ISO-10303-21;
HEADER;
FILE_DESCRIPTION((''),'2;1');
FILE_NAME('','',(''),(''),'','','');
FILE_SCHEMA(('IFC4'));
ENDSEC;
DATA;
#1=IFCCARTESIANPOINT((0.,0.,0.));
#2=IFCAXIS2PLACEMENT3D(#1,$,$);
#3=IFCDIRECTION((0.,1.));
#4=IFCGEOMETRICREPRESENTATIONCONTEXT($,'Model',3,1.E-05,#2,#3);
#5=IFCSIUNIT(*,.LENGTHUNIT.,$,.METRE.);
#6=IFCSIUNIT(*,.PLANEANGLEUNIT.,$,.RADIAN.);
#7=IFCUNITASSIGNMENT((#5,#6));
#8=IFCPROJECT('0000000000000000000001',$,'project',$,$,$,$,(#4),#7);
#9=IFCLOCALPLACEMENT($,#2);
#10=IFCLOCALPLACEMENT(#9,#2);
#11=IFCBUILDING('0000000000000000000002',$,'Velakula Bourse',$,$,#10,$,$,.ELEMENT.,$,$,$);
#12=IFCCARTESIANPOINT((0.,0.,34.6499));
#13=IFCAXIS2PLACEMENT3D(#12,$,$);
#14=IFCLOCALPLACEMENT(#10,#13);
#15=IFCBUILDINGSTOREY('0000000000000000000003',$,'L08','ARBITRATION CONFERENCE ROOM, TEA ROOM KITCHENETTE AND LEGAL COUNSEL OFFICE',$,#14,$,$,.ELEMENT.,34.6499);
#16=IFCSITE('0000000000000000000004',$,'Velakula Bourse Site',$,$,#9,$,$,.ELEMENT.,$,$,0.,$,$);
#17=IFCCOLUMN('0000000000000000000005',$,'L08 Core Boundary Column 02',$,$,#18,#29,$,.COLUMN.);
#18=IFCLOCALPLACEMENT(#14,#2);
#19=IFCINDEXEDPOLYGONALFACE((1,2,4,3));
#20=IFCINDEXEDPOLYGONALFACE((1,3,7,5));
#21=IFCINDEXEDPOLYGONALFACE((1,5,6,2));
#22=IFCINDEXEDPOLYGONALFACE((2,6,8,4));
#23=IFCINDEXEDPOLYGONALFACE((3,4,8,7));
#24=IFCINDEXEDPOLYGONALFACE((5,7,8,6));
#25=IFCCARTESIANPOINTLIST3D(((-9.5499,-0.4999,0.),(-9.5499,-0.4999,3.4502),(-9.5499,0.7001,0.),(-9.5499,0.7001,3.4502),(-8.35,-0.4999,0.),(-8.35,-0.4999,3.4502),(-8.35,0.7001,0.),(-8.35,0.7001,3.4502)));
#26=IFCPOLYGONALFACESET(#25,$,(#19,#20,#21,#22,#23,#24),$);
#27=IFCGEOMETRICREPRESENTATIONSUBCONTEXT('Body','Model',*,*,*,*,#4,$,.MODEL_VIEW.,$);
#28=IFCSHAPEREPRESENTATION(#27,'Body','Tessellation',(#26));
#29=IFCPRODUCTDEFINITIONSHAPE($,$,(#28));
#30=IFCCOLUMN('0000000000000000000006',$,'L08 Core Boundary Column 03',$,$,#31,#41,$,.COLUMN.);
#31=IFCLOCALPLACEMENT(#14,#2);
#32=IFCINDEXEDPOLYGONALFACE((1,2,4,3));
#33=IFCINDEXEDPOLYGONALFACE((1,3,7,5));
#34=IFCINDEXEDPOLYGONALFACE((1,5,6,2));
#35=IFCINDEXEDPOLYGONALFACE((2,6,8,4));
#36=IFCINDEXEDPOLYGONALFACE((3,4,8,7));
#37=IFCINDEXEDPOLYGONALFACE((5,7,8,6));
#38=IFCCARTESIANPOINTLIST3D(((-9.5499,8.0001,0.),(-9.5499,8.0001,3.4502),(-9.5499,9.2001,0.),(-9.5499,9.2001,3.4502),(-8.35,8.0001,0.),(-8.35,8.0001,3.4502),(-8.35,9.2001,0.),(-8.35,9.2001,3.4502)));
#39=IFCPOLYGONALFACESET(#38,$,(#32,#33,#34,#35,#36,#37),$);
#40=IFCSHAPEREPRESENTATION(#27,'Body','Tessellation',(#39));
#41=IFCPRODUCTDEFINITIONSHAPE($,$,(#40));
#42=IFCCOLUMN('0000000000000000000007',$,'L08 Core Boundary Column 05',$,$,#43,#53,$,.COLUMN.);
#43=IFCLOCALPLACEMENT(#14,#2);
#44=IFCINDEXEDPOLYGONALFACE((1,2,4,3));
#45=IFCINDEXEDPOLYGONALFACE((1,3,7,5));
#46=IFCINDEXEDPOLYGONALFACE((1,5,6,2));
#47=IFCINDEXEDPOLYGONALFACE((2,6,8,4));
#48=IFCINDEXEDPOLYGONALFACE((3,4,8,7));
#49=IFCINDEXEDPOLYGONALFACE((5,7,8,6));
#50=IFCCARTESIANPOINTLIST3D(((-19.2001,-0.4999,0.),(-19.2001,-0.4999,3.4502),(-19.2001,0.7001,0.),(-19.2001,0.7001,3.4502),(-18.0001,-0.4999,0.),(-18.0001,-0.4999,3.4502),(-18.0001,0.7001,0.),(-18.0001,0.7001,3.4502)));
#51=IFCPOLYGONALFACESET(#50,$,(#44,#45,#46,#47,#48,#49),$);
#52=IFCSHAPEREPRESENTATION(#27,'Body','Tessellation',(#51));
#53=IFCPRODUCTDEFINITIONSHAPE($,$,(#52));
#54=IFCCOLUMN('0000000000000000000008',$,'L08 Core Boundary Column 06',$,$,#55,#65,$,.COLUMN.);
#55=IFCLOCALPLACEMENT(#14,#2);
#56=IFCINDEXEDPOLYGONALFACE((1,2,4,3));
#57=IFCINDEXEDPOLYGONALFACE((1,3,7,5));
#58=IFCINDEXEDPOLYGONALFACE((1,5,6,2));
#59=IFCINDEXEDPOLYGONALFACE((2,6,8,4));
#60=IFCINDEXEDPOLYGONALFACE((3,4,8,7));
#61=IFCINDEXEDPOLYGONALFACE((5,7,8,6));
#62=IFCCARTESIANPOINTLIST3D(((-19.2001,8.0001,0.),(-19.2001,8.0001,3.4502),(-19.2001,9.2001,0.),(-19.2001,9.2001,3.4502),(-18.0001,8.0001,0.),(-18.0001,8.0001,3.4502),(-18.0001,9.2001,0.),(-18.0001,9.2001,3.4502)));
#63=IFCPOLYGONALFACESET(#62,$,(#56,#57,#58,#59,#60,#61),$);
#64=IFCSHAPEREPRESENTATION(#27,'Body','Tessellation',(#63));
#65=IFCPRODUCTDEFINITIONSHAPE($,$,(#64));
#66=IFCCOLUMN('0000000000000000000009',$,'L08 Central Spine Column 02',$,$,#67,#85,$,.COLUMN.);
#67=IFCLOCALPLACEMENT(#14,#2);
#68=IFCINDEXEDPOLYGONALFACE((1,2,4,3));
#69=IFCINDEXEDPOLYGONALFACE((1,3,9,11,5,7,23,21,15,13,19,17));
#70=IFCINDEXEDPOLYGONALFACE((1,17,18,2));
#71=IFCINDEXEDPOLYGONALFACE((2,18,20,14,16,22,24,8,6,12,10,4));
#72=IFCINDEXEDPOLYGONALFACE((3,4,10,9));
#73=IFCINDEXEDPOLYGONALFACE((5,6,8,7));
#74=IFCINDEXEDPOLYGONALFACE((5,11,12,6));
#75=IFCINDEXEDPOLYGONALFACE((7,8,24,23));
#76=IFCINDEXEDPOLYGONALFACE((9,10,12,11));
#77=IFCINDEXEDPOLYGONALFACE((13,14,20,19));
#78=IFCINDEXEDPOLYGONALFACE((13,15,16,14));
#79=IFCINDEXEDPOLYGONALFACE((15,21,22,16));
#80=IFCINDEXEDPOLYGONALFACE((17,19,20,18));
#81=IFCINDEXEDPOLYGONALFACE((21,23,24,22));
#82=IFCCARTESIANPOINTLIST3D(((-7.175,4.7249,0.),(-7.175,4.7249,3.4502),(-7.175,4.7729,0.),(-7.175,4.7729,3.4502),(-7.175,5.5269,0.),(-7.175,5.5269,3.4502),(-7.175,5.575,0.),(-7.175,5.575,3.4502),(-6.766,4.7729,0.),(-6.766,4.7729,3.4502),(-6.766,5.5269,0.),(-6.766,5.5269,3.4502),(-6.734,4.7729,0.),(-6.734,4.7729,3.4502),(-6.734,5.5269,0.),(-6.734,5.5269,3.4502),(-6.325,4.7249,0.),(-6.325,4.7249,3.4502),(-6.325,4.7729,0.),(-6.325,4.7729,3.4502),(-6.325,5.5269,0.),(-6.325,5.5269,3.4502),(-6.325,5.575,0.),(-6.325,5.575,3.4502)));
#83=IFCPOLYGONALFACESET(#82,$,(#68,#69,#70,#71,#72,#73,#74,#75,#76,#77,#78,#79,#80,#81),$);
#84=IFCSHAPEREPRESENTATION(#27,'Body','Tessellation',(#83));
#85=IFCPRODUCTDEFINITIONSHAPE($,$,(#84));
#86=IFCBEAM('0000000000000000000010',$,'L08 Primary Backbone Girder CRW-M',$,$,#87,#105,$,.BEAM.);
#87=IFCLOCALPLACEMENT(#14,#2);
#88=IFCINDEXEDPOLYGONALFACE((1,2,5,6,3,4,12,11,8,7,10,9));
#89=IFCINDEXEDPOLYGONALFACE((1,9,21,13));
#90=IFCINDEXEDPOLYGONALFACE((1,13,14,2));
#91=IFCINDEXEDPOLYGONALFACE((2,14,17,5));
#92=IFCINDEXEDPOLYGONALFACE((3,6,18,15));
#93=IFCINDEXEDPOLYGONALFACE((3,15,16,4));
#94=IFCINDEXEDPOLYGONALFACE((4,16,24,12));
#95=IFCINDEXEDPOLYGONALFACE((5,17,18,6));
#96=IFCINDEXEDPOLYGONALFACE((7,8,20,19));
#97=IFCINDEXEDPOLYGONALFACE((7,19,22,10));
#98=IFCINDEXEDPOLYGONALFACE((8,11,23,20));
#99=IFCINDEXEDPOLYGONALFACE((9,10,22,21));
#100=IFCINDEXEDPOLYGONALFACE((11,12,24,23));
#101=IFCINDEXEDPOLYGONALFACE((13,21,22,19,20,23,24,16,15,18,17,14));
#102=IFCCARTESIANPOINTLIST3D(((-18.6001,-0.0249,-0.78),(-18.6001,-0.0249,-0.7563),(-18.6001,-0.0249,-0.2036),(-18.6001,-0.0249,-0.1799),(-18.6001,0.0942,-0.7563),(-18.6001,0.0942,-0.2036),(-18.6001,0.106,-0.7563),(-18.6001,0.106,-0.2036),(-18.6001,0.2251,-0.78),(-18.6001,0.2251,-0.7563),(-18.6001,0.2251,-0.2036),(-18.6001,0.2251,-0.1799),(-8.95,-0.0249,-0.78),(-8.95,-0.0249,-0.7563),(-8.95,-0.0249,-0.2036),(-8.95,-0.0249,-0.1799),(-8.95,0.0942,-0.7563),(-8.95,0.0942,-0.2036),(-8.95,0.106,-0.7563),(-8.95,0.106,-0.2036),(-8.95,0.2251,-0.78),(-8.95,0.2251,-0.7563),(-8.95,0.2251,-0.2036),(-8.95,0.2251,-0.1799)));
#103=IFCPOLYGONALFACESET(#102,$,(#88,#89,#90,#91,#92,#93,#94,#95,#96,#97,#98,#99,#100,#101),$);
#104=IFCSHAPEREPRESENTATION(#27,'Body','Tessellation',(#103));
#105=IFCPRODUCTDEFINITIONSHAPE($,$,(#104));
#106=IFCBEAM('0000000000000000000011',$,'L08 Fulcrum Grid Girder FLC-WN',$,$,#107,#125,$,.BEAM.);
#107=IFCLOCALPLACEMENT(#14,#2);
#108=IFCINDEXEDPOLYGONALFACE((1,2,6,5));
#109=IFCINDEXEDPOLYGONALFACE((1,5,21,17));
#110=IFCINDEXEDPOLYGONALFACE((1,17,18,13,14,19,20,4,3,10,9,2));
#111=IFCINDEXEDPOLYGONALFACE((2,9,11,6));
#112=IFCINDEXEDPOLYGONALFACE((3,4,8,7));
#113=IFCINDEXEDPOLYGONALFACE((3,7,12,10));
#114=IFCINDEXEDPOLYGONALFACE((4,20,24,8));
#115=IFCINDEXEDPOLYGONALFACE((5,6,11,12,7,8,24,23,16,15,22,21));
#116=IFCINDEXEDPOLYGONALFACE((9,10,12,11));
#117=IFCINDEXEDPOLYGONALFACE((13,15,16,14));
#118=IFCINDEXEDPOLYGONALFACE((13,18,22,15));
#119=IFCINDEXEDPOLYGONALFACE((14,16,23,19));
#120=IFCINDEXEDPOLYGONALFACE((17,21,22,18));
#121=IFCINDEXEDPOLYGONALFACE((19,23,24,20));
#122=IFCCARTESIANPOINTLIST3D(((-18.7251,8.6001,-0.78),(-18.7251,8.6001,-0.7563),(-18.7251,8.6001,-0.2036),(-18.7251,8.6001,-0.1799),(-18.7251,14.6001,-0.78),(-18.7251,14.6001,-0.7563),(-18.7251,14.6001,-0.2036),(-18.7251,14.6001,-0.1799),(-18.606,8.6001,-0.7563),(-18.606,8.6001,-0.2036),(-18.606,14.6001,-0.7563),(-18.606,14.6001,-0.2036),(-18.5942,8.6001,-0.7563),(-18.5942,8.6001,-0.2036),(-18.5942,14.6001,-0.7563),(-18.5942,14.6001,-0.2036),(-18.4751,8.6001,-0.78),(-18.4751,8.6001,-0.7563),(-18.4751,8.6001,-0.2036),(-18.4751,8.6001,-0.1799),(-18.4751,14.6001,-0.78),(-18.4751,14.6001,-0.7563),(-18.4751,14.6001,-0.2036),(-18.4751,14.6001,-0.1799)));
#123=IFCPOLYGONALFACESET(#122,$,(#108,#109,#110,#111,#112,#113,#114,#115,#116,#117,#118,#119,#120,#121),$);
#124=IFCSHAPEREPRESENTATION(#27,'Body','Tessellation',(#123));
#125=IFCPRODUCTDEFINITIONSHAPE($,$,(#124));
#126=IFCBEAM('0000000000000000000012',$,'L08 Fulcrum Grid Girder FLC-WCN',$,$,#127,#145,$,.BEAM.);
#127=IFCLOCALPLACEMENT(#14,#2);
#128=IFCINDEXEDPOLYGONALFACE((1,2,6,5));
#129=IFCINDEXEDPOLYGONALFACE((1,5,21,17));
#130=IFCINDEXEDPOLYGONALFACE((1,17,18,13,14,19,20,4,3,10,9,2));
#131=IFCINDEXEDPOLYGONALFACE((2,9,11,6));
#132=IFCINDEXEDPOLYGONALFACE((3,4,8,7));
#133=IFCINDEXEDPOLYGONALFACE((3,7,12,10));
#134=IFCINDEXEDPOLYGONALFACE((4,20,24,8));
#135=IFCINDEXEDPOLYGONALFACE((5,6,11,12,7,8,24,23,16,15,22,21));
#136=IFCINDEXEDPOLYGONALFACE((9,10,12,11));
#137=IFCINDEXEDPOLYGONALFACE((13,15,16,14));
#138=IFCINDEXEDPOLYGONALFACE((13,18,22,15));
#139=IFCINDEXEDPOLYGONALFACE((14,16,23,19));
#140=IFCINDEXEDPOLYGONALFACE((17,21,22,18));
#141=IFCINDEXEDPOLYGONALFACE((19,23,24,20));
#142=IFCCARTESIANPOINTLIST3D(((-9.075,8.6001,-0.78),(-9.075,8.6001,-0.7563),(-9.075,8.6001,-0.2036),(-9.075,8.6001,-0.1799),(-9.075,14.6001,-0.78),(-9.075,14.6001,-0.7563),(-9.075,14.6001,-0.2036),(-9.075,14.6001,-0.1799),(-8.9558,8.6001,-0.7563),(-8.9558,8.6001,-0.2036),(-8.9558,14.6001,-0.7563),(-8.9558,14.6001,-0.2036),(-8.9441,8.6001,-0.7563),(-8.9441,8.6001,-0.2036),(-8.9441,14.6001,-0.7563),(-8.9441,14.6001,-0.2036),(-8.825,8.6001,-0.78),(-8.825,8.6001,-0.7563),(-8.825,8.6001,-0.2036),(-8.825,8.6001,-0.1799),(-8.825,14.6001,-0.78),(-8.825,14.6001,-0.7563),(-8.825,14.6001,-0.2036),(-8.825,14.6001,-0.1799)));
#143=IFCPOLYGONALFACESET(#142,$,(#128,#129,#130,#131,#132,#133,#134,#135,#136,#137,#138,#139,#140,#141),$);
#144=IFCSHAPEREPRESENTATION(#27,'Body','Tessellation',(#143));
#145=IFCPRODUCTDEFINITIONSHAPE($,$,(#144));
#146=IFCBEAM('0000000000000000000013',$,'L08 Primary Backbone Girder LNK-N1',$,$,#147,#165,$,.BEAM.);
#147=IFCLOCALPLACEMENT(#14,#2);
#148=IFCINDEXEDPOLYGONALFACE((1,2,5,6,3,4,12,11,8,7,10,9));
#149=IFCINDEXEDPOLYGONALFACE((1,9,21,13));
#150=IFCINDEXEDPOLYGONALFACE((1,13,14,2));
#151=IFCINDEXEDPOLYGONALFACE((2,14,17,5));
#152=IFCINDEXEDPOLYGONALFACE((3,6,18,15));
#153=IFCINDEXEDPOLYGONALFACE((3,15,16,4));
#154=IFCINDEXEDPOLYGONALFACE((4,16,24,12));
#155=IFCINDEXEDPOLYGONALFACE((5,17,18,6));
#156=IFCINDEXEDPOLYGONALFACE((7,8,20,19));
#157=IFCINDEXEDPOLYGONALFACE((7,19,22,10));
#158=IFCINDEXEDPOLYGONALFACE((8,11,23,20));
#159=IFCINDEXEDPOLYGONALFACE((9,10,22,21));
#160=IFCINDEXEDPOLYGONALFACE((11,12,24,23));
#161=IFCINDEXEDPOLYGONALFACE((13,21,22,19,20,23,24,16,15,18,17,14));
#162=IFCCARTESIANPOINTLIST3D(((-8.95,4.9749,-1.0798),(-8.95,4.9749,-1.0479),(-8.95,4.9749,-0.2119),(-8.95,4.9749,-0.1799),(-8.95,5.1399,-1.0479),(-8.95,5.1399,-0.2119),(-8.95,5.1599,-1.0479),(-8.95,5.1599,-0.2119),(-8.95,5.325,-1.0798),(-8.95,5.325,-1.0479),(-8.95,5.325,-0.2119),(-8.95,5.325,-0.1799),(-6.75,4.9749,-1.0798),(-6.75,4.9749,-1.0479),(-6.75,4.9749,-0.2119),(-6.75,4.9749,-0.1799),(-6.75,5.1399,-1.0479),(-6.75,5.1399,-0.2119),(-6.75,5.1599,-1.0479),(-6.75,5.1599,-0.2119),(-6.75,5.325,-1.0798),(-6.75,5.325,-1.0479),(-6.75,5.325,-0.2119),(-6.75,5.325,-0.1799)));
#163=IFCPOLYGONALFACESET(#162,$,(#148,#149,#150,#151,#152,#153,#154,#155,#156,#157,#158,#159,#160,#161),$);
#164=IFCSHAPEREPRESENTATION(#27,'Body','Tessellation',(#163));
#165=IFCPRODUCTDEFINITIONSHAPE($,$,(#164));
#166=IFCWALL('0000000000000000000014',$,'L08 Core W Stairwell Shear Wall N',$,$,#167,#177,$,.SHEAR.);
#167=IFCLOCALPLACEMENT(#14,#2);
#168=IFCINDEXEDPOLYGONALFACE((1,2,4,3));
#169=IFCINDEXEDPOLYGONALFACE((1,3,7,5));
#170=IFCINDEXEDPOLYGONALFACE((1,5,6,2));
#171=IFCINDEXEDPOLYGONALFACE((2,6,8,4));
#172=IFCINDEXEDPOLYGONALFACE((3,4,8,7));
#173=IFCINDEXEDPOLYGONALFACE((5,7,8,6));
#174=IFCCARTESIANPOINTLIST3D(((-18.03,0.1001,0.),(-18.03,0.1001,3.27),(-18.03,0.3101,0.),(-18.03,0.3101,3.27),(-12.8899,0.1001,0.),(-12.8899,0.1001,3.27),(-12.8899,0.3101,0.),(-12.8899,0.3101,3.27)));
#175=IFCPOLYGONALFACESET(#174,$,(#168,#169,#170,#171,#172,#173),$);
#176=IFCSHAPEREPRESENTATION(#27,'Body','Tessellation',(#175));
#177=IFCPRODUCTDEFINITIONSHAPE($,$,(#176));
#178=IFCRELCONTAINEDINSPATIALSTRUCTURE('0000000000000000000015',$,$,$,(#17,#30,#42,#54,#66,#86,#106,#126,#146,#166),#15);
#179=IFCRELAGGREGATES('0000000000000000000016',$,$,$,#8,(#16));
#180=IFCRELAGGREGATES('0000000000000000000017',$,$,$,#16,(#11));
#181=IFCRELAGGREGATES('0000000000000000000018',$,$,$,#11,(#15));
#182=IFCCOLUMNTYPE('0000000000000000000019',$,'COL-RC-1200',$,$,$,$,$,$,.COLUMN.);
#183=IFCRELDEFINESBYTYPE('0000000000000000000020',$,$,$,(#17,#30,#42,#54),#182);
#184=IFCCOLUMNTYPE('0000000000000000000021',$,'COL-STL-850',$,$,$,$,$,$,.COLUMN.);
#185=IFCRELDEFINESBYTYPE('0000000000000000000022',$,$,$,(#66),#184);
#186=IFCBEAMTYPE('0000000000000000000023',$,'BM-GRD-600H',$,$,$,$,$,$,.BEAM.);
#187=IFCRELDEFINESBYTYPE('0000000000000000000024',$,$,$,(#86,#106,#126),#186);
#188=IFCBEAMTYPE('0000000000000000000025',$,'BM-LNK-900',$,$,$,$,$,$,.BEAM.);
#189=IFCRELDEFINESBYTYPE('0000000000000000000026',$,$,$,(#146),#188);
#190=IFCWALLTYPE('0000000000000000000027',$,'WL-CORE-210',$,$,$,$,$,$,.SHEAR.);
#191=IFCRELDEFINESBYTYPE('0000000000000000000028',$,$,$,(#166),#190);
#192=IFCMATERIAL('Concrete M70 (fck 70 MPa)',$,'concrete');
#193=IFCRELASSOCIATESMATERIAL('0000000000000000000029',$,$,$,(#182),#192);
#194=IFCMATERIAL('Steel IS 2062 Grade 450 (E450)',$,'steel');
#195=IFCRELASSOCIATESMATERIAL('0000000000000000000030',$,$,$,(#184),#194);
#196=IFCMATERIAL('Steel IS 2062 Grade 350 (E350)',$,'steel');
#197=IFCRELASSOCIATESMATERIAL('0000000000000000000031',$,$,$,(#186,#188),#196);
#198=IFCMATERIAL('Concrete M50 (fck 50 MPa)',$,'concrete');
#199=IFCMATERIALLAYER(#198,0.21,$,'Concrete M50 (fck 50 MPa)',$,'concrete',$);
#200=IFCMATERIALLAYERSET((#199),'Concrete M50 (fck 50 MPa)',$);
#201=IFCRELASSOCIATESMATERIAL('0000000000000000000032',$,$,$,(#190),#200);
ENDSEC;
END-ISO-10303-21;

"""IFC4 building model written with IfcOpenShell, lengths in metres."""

from ifc_helpers import new_model, si_unit, direction, frame, frame_2d, origin, origin_2d, place, context, subcontext, project, spatial, rectangle, i_section, extrude, material, layer, layer_set, material_profile, profile_set, type_object, element, save


model = new_model("IFC4")

# Units and contexts
model_context = context("Model", 3, precision=1e-05, world=origin(), true_north=direction((0.0, 1.0)))
body_context = subcontext(model_context, "Body", "Model", "MODEL_VIEW")
ifc_project = project(units=[si_unit("LENGTHUNIT", "METRE"), si_unit("PLANEANGLEUNIT", "RADIAN")], contexts=[model_context])

# Site, building, storey
site_placement = place(None, origin())
site = spatial("IfcSite", under=ifc_project, at=site_placement, Name="Velakula Bourse Site", CompositionType="ELEMENT", RefElevation=0.0)
building_placement = place(site_placement, origin())
building = spatial("IfcBuilding", under=site, at=building_placement, Name="Velakula Bourse", CompositionType="ELEMENT")
storey_placement = place(building_placement, frame((0.0, 0.0, 34.6499)))
storey = spatial("IfcBuildingStorey", under=building, at=storey_placement, Name="L08", Description="ARBITRATION CONFERENCE ROOM, TEA ROOM KITCHENETTE AND LEGAL COUNSEL OFFICE", CompositionType="ELEMENT", Elevation=34.6499)

# Columns
ifc_material_1 = material(Name="Concrete M70 (fck 70 MPa)", Category="concrete")
ifc_material_profile_1 = material_profile(ifc_material_1, rectangle(XDim=1.2, YDim=1.2, at=origin_2d()), Name="Concrete M70 (fck 70 MPa)")
ifc_profile_set_1 = profile_set([ifc_material_profile_1], Name="Concrete M70 (fck 70 MPa)")
column_type_1 = type_object("IfcColumnType", Name="COL-RC-1200", PredefinedType="COLUMN", material=ifc_profile_set_1)
for number, where, z_axis, x_axis, name in (
    (1, (-8.95, 0.1001, 0.0), (0.0, 0.0, 1.0), (1.0, 0.0, 0.0), "L08 Core Boundary Column 02"),
    (2, (-8.95, 8.6001, 0.0), (0.0, 0.0, 1.0), (1.0, 0.0, 0.0), "L08 Core Boundary Column 03"),
    (3, (-18.6001, 0.1001, 0.0), (0.0, 0.0, 1.0), (1.0, 0.0, 0.0), "L08 Core Boundary Column 05"),
    (4, (-18.6001, 8.6001, 0.0), (0.0, 0.0, 1.0), (1.0, 0.0, 0.0), "L08 Core Boundary Column 06"),
):
    element("IfcColumn", number, at=place(storey_placement, frame(where, z_axis=z_axis, x_axis=x_axis)), inside=storey, type_object=column_type_1, Name=name, PredefinedType="COLUMN", context=body_context, shape_type="SweptSolid", body=[
        extrude(rectangle(XDim=1.2, YDim=1.2, at=origin_2d()), origin(), (0.0, 0.0, 1.0), 3.4502),
    ])
ifc_material_2 = material(Name="Steel IS 2062 Grade 450 (E450)", Category="steel")
ifc_material_profile_2 = material_profile(ifc_material_2, i_section(OverallWidth=0.8501, OverallDepth=0.8501, WebThickness=0.032, FlangeThickness=0.0481, at=origin_2d()), Name="Steel IS 2062 Grade 450 (E450)")
ifc_profile_set_2 = profile_set([ifc_material_profile_2], Name="Steel IS 2062 Grade 450 (E450)")
column_type_2 = type_object("IfcColumnType", Name="COL-STL-850", PredefinedType="COLUMN", material=ifc_profile_set_2)
column_placement = place(storey_placement, frame((-6.75, 5.1499, 0.0), z_axis=(0.0, 0.0, 1.0), x_axis=(1.0, 0.0, 0.0)))
element("IfcColumn", 5, at=column_placement, inside=storey, type_object=column_type_2, Name="L08 Central Spine Column 02", PredefinedType="COLUMN", context=body_context, shape_type="SweptSolid", body=[
    extrude(i_section(OverallWidth=0.8501, OverallDepth=0.8501, WebThickness=0.032, FlangeThickness=0.0481, at=origin_2d()), origin(), (0.0, 0.0, 1.0), 3.4502),
])

# Beams
ifc_material_3 = material(Name="Steel IS 2062 Grade 350 (E350)", Category="steel")
ifc_material_profile_3 = material_profile(ifc_material_3, i_section(OverallWidth=0.25, OverallDepth=0.6001, WebThickness=0.0117, FlangeThickness=0.0237, at=origin_2d()), Name="Steel IS 2062 Grade 350 (E350)")
ifc_profile_set_3 = profile_set([ifc_material_profile_3], Name="Steel IS 2062 Grade 350 (E350)")
beam_type_1 = type_object("IfcBeamType", Name="BM-GRD-600H", PredefinedType="BEAM", material=ifc_profile_set_3)
beam_1_placement = place(storey_placement, frame((-18.6001, 0.1001, -0.48), z_axis=(1.0, 0.0, 0.0), x_axis=(0.0, 1.0, 0.0)))
element("IfcBeam", 6, at=beam_1_placement, inside=storey, type_object=beam_type_1, Name="L08 Primary Backbone Girder CRW-M", PredefinedType="BEAM", context=body_context, shape_type="SweptSolid", body=[
    extrude(i_section(OverallWidth=0.25, OverallDepth=0.6001, WebThickness=0.0117, FlangeThickness=0.0237, at=origin_2d()), origin(), (0.0, 0.0, 1.0), 9.6501),
])
for number, where, z_axis, x_axis, name in (
    (7, (-18.6001, 8.6001, -0.48), (0.0, 1.0, 0.0), (-1.0, 0.0, 0.0), "L08 Fulcrum Grid Girder FLC-WN"),
    (8, (-8.95, 8.6001, -0.48), (0.0, 1.0, 0.0), (-1.0, 0.0, 0.0), "L08 Fulcrum Grid Girder FLC-WCN"),
):
    element("IfcBeam", number, at=place(storey_placement, frame(where, z_axis=z_axis, x_axis=x_axis)), inside=storey, type_object=beam_type_1, Name=name, PredefinedType="BEAM", context=body_context, shape_type="SweptSolid", body=[
        extrude(i_section(OverallWidth=0.25, OverallDepth=0.6001, WebThickness=0.0117, FlangeThickness=0.0237, at=origin_2d()), origin(), (0.0, 0.0, 1.0), 6.0),
    ])
ifc_material_profile_4 = material_profile(ifc_material_3, i_section(OverallWidth=0.3501, OverallDepth=0.8999, WebThickness=0.02, FlangeThickness=0.032, at=origin_2d()), Name="Steel IS 2062 Grade 350 (E350)")
ifc_profile_set_4 = profile_set([ifc_material_profile_4], Name="Steel IS 2062 Grade 350 (E350)")
beam_type_2 = type_object("IfcBeamType", Name="BM-LNK-900", PredefinedType="BEAM", material=ifc_profile_set_4)
beam_2_placement = place(storey_placement, frame((-8.95, 5.1499, -0.6299), z_axis=(1.0, 0.0, 0.0), x_axis=(0.0, 1.0, 0.0)))
element("IfcBeam", 9, at=beam_2_placement, inside=storey, type_object=beam_type_2, Name="L08 Primary Backbone Girder LNK-N1", PredefinedType="BEAM", context=body_context, shape_type="SweptSolid", body=[
    extrude(i_section(OverallWidth=0.3501, OverallDepth=0.8999, WebThickness=0.02, FlangeThickness=0.032, at=origin_2d()), origin(), (0.0, 0.0, 1.0), 2.2),
])

# Wall
ifc_material_4 = material(Name="Concrete M50 (fck 50 MPa)", Category="concrete")
ifc_layer_1 = layer(ifc_material_4, 0.21, Name="Concrete M50 (fck 50 MPa)", Category="concrete")
ifc_layer_set_1 = layer_set([ifc_layer_1], Name="Concrete M50 (fck 50 MPa)")
wall_type_1 = type_object("IfcWallType", Name="WL-CORE-210", PredefinedType="SHEAR", material=ifc_layer_set_1)
wall_1_placement = place(storey_placement, frame((-12.8899, 0.2051, 0.0), z_axis=(0.0, 0.0, 1.0), x_axis=(-1.0, 0.0, 0.0)))
element("IfcWall", 10, at=wall_1_placement, inside=storey, type_object=wall_type_1, Name="L08 Core W Stairwell Shear Wall N", PredefinedType="SHEAR", context=body_context, shape_type="SweptSolid", body=[
    extrude(rectangle(XDim=5.1401, YDim=0.21, at=frame_2d((2.5701, 0.0))), origin(), (0.0, 0.0, 1.0), 3.27),
])

save(model, "model.ifc")
